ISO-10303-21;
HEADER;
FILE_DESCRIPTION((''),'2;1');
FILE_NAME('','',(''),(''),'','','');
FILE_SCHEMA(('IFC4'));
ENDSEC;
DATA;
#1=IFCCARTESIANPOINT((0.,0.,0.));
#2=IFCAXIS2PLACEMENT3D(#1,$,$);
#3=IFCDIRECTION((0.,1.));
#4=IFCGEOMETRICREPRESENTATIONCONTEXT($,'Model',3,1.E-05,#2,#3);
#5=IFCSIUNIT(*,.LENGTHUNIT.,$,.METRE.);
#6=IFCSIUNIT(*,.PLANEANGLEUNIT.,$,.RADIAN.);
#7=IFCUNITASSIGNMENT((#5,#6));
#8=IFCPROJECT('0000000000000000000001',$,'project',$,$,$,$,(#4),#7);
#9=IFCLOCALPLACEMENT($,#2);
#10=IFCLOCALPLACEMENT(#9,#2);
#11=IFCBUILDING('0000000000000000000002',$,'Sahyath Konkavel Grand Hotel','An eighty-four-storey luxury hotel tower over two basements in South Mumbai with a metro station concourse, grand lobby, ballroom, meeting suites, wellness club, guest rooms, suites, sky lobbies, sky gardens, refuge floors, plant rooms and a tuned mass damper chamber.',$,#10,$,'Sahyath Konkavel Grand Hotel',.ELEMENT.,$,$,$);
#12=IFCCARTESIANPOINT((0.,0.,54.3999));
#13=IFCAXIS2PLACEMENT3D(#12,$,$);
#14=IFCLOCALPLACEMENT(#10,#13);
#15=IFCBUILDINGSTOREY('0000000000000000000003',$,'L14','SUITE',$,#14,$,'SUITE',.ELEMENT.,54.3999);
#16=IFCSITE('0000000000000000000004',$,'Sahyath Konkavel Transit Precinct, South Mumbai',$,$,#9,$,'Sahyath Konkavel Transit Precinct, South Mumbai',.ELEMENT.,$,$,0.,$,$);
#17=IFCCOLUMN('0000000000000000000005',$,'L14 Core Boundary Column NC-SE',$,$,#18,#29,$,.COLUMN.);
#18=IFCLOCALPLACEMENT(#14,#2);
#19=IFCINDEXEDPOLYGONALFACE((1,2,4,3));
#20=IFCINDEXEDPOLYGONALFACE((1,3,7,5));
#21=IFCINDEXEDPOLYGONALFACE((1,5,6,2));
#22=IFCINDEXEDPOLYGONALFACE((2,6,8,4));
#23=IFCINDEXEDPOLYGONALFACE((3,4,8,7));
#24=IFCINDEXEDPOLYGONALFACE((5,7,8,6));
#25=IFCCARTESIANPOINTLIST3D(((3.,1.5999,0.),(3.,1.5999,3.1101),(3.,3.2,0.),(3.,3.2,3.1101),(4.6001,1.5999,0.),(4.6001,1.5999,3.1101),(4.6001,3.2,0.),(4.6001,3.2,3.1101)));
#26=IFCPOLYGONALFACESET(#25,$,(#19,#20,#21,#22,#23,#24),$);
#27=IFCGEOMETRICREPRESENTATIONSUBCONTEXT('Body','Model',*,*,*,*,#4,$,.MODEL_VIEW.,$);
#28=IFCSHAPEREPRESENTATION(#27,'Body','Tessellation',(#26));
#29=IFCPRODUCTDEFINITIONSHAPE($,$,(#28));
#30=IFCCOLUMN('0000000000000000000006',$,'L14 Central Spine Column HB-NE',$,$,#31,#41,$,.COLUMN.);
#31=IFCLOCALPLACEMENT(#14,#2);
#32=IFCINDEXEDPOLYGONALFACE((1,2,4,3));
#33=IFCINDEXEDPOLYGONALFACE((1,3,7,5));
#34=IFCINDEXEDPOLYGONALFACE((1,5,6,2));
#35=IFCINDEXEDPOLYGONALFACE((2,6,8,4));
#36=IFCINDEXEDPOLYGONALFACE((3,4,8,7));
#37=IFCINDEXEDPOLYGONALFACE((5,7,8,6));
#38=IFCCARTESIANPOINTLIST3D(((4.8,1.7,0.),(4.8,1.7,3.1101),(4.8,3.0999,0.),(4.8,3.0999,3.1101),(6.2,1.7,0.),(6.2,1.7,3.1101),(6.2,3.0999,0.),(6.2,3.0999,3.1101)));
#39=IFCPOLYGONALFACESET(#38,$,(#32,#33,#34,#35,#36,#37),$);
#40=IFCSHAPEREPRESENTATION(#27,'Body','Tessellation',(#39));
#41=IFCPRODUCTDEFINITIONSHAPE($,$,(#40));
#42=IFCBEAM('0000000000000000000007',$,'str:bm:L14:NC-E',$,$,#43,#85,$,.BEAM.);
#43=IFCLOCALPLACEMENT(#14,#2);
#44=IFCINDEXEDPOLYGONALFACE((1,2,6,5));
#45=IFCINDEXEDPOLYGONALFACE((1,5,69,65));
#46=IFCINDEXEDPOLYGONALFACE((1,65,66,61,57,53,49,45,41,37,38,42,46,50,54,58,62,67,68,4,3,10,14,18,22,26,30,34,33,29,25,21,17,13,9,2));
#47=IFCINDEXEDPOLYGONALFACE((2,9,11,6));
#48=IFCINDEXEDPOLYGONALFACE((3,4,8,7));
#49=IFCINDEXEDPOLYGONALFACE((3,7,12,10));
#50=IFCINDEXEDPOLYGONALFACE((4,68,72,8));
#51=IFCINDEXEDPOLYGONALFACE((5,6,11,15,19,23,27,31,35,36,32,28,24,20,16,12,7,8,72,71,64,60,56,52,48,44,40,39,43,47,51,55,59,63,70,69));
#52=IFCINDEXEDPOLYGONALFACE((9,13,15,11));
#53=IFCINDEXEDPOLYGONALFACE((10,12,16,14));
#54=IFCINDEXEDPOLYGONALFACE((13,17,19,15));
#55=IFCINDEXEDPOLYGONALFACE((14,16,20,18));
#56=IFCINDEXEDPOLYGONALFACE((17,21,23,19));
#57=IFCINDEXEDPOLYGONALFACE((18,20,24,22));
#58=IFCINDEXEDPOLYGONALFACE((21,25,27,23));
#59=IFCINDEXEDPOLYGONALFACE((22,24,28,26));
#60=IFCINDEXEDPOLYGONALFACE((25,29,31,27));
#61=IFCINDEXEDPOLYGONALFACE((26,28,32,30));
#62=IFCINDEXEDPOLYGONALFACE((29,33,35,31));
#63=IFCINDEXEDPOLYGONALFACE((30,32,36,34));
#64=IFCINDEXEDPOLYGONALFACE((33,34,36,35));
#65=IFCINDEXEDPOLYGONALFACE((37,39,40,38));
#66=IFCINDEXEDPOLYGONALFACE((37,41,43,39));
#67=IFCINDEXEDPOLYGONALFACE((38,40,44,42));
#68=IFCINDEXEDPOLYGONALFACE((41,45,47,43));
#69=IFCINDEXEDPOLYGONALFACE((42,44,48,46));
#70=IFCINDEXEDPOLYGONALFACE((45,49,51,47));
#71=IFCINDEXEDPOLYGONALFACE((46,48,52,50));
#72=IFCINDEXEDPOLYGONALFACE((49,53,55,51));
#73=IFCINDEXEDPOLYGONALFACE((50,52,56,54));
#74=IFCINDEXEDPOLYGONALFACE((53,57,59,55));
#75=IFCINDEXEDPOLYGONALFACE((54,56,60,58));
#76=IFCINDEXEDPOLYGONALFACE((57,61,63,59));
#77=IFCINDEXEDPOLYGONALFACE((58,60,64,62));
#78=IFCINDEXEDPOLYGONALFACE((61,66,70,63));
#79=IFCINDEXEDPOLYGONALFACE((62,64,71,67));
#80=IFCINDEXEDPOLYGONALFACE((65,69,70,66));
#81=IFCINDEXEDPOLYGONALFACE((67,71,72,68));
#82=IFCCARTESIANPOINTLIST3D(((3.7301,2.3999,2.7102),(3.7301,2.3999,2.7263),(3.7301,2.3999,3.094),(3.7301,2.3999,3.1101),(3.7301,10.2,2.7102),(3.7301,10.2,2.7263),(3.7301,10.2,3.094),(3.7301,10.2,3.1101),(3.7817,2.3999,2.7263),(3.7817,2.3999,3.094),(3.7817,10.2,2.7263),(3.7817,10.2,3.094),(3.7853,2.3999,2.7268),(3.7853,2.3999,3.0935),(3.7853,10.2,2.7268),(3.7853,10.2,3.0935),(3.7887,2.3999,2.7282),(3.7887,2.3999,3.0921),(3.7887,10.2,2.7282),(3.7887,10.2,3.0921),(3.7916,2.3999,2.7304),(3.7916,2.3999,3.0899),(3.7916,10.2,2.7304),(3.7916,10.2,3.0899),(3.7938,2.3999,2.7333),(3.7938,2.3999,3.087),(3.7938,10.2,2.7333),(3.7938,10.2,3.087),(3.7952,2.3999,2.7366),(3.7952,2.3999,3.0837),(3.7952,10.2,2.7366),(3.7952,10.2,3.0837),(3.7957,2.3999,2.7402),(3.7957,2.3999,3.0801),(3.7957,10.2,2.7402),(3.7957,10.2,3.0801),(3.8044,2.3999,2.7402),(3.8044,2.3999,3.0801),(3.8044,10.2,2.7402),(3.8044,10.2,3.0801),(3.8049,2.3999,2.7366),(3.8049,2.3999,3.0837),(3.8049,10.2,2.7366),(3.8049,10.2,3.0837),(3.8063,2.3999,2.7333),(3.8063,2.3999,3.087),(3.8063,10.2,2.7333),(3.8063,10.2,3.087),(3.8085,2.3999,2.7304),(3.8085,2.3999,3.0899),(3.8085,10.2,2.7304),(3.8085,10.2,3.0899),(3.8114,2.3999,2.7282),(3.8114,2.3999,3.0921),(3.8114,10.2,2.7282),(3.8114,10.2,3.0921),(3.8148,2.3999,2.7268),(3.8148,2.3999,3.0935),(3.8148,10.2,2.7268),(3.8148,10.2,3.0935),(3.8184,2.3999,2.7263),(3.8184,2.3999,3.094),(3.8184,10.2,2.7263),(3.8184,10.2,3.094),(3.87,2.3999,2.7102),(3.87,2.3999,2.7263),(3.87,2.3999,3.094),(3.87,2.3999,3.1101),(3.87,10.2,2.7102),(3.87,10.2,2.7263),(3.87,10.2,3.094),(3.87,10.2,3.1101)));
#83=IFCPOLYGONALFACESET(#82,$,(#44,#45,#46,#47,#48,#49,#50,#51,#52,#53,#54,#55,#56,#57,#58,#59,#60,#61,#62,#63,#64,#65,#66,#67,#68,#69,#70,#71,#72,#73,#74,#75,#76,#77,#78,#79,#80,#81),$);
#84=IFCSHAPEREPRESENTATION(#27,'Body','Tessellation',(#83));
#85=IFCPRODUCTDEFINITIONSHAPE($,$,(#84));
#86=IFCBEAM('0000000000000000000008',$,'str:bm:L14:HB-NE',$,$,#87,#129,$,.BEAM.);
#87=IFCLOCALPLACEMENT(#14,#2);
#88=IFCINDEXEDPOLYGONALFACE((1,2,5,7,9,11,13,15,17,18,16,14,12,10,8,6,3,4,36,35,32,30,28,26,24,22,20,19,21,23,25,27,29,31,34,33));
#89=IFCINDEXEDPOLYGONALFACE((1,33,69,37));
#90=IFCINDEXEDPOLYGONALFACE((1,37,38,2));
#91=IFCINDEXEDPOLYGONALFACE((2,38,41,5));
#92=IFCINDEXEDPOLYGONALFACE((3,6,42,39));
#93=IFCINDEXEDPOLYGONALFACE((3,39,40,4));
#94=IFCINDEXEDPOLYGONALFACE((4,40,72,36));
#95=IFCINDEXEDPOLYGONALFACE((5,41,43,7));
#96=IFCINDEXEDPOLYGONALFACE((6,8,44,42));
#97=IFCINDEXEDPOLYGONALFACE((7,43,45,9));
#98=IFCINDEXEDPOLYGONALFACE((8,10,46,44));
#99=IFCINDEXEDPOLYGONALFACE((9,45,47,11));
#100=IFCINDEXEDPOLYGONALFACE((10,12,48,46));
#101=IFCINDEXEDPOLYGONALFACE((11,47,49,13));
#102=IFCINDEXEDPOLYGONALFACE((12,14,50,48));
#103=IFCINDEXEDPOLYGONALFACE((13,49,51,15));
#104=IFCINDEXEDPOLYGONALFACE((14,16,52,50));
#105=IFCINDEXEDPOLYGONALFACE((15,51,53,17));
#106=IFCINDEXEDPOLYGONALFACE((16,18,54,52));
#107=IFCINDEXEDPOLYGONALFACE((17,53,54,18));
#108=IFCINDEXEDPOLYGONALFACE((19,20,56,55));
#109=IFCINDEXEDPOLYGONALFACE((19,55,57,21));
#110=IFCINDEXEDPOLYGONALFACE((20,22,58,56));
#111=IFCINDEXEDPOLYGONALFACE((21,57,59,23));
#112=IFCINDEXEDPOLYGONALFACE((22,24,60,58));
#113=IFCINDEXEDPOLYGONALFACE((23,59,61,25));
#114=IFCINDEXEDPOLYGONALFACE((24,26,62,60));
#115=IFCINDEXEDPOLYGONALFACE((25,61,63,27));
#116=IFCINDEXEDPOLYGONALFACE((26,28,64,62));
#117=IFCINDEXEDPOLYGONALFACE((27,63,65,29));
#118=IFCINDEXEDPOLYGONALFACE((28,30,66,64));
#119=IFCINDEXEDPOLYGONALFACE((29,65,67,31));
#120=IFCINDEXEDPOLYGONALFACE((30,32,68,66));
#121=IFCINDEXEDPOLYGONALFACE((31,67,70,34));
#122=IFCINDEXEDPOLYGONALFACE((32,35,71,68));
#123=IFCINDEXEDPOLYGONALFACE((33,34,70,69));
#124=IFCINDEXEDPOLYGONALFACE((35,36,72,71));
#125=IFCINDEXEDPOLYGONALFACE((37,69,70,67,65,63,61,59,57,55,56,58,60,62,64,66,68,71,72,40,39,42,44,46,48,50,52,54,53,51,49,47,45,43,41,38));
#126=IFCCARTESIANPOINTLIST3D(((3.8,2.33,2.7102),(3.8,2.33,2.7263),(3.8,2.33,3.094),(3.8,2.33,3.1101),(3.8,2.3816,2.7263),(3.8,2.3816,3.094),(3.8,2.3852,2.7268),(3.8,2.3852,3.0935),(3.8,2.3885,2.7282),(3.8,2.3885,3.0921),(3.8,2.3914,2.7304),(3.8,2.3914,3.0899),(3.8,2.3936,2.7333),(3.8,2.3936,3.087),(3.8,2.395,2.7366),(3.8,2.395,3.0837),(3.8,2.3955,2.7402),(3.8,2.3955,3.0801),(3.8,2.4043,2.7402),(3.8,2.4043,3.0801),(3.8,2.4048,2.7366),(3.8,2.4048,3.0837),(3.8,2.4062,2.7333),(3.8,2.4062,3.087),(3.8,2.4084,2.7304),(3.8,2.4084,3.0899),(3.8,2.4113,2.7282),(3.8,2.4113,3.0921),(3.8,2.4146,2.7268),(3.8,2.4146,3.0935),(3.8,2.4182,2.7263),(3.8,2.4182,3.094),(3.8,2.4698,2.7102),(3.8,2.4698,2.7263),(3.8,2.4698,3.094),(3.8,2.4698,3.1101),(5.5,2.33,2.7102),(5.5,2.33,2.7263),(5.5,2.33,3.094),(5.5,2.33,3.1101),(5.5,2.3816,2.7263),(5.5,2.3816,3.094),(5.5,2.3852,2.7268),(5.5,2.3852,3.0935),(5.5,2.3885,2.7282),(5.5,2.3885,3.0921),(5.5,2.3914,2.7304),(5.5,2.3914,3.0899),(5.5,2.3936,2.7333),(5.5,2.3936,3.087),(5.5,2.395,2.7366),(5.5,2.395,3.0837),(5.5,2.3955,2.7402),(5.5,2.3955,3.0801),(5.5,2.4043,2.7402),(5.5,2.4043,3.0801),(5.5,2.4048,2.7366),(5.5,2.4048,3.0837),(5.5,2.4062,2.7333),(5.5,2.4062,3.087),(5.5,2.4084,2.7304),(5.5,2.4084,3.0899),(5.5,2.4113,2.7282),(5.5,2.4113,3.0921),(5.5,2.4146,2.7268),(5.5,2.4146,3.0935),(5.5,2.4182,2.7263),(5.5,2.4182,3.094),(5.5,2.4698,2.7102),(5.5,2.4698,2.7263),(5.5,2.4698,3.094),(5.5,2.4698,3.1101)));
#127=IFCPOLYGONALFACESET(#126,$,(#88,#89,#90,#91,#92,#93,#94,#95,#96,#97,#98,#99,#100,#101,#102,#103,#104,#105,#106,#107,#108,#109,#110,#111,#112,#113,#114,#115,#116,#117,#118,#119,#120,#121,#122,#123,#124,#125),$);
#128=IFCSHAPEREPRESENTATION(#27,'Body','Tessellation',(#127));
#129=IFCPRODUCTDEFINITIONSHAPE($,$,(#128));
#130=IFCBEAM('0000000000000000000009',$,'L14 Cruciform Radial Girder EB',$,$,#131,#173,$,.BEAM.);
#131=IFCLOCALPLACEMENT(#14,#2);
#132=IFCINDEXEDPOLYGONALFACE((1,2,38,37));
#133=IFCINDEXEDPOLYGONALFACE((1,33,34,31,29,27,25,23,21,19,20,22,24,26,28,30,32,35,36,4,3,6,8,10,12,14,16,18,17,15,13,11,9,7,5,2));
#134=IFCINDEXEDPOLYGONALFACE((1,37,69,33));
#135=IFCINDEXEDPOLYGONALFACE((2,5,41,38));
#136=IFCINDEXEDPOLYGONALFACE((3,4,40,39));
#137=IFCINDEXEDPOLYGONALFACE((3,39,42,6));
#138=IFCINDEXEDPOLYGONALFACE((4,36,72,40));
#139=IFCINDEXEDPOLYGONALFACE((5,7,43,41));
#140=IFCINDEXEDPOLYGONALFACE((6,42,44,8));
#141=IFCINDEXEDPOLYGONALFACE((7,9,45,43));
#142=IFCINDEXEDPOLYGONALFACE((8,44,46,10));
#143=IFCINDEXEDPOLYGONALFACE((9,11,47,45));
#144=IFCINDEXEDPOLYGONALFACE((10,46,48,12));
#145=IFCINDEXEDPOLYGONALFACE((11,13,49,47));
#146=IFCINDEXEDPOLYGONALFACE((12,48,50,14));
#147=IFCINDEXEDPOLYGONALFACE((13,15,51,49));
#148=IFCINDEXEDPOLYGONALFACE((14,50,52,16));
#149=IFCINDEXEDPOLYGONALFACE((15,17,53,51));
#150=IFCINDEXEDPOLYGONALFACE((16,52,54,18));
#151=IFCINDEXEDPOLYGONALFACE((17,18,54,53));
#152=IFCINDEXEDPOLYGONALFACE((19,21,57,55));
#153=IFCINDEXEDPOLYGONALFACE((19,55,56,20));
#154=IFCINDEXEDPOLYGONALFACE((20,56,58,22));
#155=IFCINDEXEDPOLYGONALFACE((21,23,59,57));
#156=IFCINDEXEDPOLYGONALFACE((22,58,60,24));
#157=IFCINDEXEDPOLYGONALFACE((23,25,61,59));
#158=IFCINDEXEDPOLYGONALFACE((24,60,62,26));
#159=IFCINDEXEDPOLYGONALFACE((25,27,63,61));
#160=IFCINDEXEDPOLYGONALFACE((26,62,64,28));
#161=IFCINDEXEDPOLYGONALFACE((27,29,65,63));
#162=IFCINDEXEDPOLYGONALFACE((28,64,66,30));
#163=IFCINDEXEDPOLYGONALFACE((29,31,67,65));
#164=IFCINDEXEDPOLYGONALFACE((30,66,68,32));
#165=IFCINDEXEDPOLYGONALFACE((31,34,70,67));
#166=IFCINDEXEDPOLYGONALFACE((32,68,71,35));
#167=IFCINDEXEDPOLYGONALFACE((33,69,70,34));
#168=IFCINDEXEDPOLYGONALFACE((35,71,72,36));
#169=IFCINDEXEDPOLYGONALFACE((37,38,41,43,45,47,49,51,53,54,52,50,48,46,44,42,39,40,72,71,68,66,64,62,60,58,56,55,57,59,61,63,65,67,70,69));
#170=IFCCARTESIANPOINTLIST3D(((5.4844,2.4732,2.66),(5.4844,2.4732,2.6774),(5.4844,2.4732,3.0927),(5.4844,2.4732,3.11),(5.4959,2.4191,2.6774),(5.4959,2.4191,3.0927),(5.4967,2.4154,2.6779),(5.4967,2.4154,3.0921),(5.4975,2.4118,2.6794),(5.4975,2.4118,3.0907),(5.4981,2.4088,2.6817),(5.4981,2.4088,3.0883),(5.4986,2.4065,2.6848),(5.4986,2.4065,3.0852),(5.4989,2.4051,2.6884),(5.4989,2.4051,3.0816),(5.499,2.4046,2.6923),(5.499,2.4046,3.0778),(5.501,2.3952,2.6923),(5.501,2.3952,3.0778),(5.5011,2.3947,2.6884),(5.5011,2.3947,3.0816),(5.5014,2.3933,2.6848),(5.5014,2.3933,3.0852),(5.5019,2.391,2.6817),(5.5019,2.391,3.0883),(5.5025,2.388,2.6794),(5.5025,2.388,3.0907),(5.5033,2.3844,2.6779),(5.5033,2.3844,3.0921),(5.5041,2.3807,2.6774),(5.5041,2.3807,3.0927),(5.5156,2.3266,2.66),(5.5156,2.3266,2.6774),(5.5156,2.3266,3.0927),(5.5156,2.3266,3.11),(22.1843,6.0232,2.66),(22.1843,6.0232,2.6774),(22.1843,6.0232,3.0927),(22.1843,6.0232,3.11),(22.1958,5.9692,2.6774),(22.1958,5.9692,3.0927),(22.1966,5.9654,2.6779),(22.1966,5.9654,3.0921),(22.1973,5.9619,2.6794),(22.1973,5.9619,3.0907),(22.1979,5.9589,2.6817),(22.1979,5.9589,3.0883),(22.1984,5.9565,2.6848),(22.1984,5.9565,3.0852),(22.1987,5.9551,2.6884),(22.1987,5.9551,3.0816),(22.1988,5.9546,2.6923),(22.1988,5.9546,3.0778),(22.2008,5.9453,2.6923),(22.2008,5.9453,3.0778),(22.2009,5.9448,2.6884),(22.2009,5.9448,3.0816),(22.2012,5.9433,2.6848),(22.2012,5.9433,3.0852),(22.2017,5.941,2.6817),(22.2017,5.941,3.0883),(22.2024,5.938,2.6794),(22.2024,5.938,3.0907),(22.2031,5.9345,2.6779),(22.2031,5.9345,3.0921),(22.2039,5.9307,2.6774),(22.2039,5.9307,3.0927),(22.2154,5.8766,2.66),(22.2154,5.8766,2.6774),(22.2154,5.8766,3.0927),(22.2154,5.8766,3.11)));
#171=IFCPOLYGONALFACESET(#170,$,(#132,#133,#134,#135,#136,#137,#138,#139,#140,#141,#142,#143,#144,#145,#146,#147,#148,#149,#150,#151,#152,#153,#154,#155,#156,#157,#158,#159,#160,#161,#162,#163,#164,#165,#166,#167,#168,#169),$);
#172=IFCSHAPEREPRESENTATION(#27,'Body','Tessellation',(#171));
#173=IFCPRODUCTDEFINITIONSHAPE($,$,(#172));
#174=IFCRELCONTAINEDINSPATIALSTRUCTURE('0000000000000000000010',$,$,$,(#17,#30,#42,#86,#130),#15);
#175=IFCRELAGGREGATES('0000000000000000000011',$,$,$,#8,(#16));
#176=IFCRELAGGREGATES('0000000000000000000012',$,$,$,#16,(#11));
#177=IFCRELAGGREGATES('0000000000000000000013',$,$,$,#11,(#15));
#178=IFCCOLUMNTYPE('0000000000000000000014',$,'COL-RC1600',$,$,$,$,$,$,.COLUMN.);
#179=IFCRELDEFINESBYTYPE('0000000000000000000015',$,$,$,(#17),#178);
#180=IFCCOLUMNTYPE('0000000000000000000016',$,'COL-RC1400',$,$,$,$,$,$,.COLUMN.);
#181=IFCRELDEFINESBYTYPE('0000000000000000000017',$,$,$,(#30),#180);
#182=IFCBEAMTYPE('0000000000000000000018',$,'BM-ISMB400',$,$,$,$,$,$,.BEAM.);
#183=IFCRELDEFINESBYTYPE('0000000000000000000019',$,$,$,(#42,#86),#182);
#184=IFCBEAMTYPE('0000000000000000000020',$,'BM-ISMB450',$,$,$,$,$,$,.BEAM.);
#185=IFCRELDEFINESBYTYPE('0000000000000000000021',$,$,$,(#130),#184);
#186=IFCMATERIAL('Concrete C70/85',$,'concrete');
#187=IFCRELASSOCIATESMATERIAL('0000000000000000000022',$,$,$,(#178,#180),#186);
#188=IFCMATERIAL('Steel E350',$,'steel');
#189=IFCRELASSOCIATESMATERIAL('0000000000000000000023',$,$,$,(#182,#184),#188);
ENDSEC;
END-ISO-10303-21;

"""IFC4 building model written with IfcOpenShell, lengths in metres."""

from ifc_helpers import new_model, si_unit, direction, frame, origin, origin_2d, place, context, subcontext, project, spatial, rectangle, i_section, extrude, source, transform, mapped, material, material_profile, profile_set, type_object, element, save


model = new_model("IFC4")

# Units and contexts
model_context = context("Model", 3, precision=1e-05, world=origin(), true_north=direction((0.0, 1.0)))
body_context = subcontext(model_context, "Body", "Model", "MODEL_VIEW")
ifc_project = project(units=[si_unit("LENGTHUNIT", "METRE"), si_unit("PLANEANGLEUNIT", "RADIAN")], contexts=[model_context])

# Site, building, storey
site_placement = place(None, origin())
site = spatial("IfcSite", under=ifc_project, at=site_placement, Name="Sahyath Konkavel Transit Precinct, South Mumbai", LongName="Sahyath Konkavel Transit Precinct, South Mumbai", CompositionType="ELEMENT", RefElevation=0.0)
building_placement = place(site_placement, origin())
building = spatial("IfcBuilding", under=site, at=building_placement, Name="Sahyath Konkavel Grand Hotel", Description="An eighty-four-storey luxury hotel tower over two basements in South Mumbai with a metro station concourse, grand lobby, ballroom, meeting suites, wellness club, guest rooms, suites, sky lobbies, sky gardens, refuge floors, plant rooms and a tuned mass damper chamber.", LongName="Sahyath Konkavel Grand Hotel", CompositionType="ELEMENT")
storey_placement = place(building_placement, frame((0.0, 0.0, 54.3999)))
storey = spatial("IfcBuildingStorey", under=building, at=storey_placement, Name="L14", Description="SUITE", LongName="SUITE", CompositionType="ELEMENT", Elevation=54.3999)

# Columns
ifc_material_1 = material(Name="Concrete C70/85", Category="concrete")
ifc_material_profile_1 = material_profile(ifc_material_1, rectangle(XDim=1.6001, YDim=1.6001, at=origin_2d()), Name="RC 1600x1600")
ifc_profile_set_1 = profile_set([ifc_material_profile_1], Name="Concrete C70/85")
column_type_1 = type_object("IfcColumnType", Name="COL-RC1600", PredefinedType="COLUMN", material=ifc_profile_set_1)
shared_shape_1 = source(origin(), body_context, "Body", "SweptSolid", [
    extrude(rectangle(XDim=1.6001, YDim=1.6001, at=origin_2d()), origin(), (0.0, 0.0, 1.0), 3.1101),
])
column_1_placement = place(storey_placement, frame((3.8, 2.3999, 0.0), z_axis=(0.0, 0.0, 1.0), x_axis=(1.0, 0.0, 0.0)))
element("IfcColumn", 1, at=column_1_placement, inside=storey, type_object=column_type_1, Name="L14 Core Boundary Column NC-SE", PredefinedType="COLUMN", context=body_context, shape_type="MappedRepresentation", body=[
    mapped(shared_shape_1, transform((0.0, 0.0, 0.0), scale=1.0)),
])
ifc_material_profile_2 = material_profile(ifc_material_1, rectangle(XDim=1.3999, YDim=1.3999, at=origin_2d()), Name="RC 1400x1400")
ifc_profile_set_2 = profile_set([ifc_material_profile_2], Name="Concrete C70/85")
column_type_2 = type_object("IfcColumnType", Name="COL-RC1400", PredefinedType="COLUMN", material=ifc_profile_set_2)
shared_shape_2 = source(origin(), body_context, "Body", "SweptSolid", [
    extrude(rectangle(XDim=1.3999, YDim=1.3999, at=origin_2d()), origin(), (0.0, 0.0, 1.0), 3.1101),
])
column_2_placement = place(storey_placement, frame((5.5, 2.3999, 0.0), z_axis=(0.0, 0.0, 1.0), x_axis=(1.0, 0.0, 0.0)))
element("IfcColumn", 2, at=column_2_placement, inside=storey, type_object=column_type_2, Name="L14 Central Spine Column HB-NE", PredefinedType="COLUMN", context=body_context, shape_type="MappedRepresentation", body=[
    mapped(shared_shape_2, transform((0.0, 0.0, 0.0), scale=1.0)),
])

# Beams
ifc_material_2 = material(Name="Steel E350", Category="steel")
ifc_material_profile_3 = material_profile(ifc_material_2, i_section(OverallWidth=0.1399, OverallDepth=0.3999, WebThickness=0.0088, FlangeThickness=0.0161, FilletRadius=0.0139, at=origin_2d()), Name="ISMB 400")
ifc_profile_set_3 = profile_set([ifc_material_profile_3], Name="Steel E350")
beam_type_1 = type_object("IfcBeamType", Name="BM-ISMB400", PredefinedType="BEAM", material=ifc_profile_set_3)
shared_shape_3 = source(origin(), body_context, "Body", "SweptSolid", [
    extrude(i_section(OverallWidth=0.1399, OverallDepth=0.3999, WebThickness=0.0088, FlangeThickness=0.0161, FilletRadius=0.0139, at=origin_2d()), origin(), (0.0, 0.0, 1.0), 7.8),
])
beam_1_placement = place(storey_placement, frame((3.8, 2.3999, 2.9102), z_axis=(0.0, 1.0, 0.0), x_axis=(-1.0, 0.0, 0.0)))
element("IfcBeam", 3, at=beam_1_placement, inside=storey, type_object=beam_type_1, Name="str:bm:L14:NC-E", PredefinedType="BEAM", context=body_context, shape_type="MappedRepresentation", body=[
    mapped(shared_shape_3, transform((0.0, 0.0, 0.0), scale=1.0)),
])
shared_shape_4 = source(origin(), body_context, "Body", "SweptSolid", [
    extrude(i_section(OverallWidth=0.1399, OverallDepth=0.3999, WebThickness=0.0088, FlangeThickness=0.0161, FilletRadius=0.0139, at=origin_2d()), origin(), (0.0, 0.0, 1.0), 1.7),
])
beam_2_placement = place(storey_placement, frame((3.8, 2.3999, 2.9102), z_axis=(1.0, 0.0, 0.0), x_axis=(0.0, 1.0, 0.0)))
element("IfcBeam", 4, at=beam_2_placement, inside=storey, type_object=beam_type_1, Name="str:bm:L14:HB-NE", PredefinedType="BEAM", context=body_context, shape_type="MappedRepresentation", body=[
    mapped(shared_shape_4, transform((0.0, 0.0, 0.0), scale=1.0)),
])
ifc_material_profile_4 = material_profile(ifc_material_2, i_section(OverallWidth=0.1499, OverallDepth=0.45, WebThickness=0.0095, FlangeThickness=0.0173, FilletRadius=0.0149, at=origin_2d()), Name="ISMB 450")
ifc_profile_set_4 = profile_set([ifc_material_profile_4], Name="Steel E350")
beam_type_2 = type_object("IfcBeamType", Name="BM-ISMB450", PredefinedType="BEAM", material=ifc_profile_set_4)
shared_shape_5 = source(origin(), body_context, "Body", "SweptSolid", [
    extrude(i_section(OverallWidth=0.1499, OverallDepth=0.45, WebThickness=0.0095, FlangeThickness=0.0173, FilletRadius=0.0149, at=origin_2d()), origin(), (0.0, 0.0, 1.0), 17.073),
])
beam_3_placement = place(storey_placement, frame((5.5, 2.3999, 2.885), z_axis=(0.978143, 0.207932, 0.0), x_axis=(-0.207932, 0.978143, 0.0)))
element("IfcBeam", 5, at=beam_3_placement, inside=storey, type_object=beam_type_2, Name="L14 Cruciform Radial Girder EB", PredefinedType="BEAM", context=body_context, shape_type="MappedRepresentation", body=[
    mapped(shared_shape_5, transform((0.0, 0.0, 0.0), scale=1.0)),
])

save(model, "model.ifc")
